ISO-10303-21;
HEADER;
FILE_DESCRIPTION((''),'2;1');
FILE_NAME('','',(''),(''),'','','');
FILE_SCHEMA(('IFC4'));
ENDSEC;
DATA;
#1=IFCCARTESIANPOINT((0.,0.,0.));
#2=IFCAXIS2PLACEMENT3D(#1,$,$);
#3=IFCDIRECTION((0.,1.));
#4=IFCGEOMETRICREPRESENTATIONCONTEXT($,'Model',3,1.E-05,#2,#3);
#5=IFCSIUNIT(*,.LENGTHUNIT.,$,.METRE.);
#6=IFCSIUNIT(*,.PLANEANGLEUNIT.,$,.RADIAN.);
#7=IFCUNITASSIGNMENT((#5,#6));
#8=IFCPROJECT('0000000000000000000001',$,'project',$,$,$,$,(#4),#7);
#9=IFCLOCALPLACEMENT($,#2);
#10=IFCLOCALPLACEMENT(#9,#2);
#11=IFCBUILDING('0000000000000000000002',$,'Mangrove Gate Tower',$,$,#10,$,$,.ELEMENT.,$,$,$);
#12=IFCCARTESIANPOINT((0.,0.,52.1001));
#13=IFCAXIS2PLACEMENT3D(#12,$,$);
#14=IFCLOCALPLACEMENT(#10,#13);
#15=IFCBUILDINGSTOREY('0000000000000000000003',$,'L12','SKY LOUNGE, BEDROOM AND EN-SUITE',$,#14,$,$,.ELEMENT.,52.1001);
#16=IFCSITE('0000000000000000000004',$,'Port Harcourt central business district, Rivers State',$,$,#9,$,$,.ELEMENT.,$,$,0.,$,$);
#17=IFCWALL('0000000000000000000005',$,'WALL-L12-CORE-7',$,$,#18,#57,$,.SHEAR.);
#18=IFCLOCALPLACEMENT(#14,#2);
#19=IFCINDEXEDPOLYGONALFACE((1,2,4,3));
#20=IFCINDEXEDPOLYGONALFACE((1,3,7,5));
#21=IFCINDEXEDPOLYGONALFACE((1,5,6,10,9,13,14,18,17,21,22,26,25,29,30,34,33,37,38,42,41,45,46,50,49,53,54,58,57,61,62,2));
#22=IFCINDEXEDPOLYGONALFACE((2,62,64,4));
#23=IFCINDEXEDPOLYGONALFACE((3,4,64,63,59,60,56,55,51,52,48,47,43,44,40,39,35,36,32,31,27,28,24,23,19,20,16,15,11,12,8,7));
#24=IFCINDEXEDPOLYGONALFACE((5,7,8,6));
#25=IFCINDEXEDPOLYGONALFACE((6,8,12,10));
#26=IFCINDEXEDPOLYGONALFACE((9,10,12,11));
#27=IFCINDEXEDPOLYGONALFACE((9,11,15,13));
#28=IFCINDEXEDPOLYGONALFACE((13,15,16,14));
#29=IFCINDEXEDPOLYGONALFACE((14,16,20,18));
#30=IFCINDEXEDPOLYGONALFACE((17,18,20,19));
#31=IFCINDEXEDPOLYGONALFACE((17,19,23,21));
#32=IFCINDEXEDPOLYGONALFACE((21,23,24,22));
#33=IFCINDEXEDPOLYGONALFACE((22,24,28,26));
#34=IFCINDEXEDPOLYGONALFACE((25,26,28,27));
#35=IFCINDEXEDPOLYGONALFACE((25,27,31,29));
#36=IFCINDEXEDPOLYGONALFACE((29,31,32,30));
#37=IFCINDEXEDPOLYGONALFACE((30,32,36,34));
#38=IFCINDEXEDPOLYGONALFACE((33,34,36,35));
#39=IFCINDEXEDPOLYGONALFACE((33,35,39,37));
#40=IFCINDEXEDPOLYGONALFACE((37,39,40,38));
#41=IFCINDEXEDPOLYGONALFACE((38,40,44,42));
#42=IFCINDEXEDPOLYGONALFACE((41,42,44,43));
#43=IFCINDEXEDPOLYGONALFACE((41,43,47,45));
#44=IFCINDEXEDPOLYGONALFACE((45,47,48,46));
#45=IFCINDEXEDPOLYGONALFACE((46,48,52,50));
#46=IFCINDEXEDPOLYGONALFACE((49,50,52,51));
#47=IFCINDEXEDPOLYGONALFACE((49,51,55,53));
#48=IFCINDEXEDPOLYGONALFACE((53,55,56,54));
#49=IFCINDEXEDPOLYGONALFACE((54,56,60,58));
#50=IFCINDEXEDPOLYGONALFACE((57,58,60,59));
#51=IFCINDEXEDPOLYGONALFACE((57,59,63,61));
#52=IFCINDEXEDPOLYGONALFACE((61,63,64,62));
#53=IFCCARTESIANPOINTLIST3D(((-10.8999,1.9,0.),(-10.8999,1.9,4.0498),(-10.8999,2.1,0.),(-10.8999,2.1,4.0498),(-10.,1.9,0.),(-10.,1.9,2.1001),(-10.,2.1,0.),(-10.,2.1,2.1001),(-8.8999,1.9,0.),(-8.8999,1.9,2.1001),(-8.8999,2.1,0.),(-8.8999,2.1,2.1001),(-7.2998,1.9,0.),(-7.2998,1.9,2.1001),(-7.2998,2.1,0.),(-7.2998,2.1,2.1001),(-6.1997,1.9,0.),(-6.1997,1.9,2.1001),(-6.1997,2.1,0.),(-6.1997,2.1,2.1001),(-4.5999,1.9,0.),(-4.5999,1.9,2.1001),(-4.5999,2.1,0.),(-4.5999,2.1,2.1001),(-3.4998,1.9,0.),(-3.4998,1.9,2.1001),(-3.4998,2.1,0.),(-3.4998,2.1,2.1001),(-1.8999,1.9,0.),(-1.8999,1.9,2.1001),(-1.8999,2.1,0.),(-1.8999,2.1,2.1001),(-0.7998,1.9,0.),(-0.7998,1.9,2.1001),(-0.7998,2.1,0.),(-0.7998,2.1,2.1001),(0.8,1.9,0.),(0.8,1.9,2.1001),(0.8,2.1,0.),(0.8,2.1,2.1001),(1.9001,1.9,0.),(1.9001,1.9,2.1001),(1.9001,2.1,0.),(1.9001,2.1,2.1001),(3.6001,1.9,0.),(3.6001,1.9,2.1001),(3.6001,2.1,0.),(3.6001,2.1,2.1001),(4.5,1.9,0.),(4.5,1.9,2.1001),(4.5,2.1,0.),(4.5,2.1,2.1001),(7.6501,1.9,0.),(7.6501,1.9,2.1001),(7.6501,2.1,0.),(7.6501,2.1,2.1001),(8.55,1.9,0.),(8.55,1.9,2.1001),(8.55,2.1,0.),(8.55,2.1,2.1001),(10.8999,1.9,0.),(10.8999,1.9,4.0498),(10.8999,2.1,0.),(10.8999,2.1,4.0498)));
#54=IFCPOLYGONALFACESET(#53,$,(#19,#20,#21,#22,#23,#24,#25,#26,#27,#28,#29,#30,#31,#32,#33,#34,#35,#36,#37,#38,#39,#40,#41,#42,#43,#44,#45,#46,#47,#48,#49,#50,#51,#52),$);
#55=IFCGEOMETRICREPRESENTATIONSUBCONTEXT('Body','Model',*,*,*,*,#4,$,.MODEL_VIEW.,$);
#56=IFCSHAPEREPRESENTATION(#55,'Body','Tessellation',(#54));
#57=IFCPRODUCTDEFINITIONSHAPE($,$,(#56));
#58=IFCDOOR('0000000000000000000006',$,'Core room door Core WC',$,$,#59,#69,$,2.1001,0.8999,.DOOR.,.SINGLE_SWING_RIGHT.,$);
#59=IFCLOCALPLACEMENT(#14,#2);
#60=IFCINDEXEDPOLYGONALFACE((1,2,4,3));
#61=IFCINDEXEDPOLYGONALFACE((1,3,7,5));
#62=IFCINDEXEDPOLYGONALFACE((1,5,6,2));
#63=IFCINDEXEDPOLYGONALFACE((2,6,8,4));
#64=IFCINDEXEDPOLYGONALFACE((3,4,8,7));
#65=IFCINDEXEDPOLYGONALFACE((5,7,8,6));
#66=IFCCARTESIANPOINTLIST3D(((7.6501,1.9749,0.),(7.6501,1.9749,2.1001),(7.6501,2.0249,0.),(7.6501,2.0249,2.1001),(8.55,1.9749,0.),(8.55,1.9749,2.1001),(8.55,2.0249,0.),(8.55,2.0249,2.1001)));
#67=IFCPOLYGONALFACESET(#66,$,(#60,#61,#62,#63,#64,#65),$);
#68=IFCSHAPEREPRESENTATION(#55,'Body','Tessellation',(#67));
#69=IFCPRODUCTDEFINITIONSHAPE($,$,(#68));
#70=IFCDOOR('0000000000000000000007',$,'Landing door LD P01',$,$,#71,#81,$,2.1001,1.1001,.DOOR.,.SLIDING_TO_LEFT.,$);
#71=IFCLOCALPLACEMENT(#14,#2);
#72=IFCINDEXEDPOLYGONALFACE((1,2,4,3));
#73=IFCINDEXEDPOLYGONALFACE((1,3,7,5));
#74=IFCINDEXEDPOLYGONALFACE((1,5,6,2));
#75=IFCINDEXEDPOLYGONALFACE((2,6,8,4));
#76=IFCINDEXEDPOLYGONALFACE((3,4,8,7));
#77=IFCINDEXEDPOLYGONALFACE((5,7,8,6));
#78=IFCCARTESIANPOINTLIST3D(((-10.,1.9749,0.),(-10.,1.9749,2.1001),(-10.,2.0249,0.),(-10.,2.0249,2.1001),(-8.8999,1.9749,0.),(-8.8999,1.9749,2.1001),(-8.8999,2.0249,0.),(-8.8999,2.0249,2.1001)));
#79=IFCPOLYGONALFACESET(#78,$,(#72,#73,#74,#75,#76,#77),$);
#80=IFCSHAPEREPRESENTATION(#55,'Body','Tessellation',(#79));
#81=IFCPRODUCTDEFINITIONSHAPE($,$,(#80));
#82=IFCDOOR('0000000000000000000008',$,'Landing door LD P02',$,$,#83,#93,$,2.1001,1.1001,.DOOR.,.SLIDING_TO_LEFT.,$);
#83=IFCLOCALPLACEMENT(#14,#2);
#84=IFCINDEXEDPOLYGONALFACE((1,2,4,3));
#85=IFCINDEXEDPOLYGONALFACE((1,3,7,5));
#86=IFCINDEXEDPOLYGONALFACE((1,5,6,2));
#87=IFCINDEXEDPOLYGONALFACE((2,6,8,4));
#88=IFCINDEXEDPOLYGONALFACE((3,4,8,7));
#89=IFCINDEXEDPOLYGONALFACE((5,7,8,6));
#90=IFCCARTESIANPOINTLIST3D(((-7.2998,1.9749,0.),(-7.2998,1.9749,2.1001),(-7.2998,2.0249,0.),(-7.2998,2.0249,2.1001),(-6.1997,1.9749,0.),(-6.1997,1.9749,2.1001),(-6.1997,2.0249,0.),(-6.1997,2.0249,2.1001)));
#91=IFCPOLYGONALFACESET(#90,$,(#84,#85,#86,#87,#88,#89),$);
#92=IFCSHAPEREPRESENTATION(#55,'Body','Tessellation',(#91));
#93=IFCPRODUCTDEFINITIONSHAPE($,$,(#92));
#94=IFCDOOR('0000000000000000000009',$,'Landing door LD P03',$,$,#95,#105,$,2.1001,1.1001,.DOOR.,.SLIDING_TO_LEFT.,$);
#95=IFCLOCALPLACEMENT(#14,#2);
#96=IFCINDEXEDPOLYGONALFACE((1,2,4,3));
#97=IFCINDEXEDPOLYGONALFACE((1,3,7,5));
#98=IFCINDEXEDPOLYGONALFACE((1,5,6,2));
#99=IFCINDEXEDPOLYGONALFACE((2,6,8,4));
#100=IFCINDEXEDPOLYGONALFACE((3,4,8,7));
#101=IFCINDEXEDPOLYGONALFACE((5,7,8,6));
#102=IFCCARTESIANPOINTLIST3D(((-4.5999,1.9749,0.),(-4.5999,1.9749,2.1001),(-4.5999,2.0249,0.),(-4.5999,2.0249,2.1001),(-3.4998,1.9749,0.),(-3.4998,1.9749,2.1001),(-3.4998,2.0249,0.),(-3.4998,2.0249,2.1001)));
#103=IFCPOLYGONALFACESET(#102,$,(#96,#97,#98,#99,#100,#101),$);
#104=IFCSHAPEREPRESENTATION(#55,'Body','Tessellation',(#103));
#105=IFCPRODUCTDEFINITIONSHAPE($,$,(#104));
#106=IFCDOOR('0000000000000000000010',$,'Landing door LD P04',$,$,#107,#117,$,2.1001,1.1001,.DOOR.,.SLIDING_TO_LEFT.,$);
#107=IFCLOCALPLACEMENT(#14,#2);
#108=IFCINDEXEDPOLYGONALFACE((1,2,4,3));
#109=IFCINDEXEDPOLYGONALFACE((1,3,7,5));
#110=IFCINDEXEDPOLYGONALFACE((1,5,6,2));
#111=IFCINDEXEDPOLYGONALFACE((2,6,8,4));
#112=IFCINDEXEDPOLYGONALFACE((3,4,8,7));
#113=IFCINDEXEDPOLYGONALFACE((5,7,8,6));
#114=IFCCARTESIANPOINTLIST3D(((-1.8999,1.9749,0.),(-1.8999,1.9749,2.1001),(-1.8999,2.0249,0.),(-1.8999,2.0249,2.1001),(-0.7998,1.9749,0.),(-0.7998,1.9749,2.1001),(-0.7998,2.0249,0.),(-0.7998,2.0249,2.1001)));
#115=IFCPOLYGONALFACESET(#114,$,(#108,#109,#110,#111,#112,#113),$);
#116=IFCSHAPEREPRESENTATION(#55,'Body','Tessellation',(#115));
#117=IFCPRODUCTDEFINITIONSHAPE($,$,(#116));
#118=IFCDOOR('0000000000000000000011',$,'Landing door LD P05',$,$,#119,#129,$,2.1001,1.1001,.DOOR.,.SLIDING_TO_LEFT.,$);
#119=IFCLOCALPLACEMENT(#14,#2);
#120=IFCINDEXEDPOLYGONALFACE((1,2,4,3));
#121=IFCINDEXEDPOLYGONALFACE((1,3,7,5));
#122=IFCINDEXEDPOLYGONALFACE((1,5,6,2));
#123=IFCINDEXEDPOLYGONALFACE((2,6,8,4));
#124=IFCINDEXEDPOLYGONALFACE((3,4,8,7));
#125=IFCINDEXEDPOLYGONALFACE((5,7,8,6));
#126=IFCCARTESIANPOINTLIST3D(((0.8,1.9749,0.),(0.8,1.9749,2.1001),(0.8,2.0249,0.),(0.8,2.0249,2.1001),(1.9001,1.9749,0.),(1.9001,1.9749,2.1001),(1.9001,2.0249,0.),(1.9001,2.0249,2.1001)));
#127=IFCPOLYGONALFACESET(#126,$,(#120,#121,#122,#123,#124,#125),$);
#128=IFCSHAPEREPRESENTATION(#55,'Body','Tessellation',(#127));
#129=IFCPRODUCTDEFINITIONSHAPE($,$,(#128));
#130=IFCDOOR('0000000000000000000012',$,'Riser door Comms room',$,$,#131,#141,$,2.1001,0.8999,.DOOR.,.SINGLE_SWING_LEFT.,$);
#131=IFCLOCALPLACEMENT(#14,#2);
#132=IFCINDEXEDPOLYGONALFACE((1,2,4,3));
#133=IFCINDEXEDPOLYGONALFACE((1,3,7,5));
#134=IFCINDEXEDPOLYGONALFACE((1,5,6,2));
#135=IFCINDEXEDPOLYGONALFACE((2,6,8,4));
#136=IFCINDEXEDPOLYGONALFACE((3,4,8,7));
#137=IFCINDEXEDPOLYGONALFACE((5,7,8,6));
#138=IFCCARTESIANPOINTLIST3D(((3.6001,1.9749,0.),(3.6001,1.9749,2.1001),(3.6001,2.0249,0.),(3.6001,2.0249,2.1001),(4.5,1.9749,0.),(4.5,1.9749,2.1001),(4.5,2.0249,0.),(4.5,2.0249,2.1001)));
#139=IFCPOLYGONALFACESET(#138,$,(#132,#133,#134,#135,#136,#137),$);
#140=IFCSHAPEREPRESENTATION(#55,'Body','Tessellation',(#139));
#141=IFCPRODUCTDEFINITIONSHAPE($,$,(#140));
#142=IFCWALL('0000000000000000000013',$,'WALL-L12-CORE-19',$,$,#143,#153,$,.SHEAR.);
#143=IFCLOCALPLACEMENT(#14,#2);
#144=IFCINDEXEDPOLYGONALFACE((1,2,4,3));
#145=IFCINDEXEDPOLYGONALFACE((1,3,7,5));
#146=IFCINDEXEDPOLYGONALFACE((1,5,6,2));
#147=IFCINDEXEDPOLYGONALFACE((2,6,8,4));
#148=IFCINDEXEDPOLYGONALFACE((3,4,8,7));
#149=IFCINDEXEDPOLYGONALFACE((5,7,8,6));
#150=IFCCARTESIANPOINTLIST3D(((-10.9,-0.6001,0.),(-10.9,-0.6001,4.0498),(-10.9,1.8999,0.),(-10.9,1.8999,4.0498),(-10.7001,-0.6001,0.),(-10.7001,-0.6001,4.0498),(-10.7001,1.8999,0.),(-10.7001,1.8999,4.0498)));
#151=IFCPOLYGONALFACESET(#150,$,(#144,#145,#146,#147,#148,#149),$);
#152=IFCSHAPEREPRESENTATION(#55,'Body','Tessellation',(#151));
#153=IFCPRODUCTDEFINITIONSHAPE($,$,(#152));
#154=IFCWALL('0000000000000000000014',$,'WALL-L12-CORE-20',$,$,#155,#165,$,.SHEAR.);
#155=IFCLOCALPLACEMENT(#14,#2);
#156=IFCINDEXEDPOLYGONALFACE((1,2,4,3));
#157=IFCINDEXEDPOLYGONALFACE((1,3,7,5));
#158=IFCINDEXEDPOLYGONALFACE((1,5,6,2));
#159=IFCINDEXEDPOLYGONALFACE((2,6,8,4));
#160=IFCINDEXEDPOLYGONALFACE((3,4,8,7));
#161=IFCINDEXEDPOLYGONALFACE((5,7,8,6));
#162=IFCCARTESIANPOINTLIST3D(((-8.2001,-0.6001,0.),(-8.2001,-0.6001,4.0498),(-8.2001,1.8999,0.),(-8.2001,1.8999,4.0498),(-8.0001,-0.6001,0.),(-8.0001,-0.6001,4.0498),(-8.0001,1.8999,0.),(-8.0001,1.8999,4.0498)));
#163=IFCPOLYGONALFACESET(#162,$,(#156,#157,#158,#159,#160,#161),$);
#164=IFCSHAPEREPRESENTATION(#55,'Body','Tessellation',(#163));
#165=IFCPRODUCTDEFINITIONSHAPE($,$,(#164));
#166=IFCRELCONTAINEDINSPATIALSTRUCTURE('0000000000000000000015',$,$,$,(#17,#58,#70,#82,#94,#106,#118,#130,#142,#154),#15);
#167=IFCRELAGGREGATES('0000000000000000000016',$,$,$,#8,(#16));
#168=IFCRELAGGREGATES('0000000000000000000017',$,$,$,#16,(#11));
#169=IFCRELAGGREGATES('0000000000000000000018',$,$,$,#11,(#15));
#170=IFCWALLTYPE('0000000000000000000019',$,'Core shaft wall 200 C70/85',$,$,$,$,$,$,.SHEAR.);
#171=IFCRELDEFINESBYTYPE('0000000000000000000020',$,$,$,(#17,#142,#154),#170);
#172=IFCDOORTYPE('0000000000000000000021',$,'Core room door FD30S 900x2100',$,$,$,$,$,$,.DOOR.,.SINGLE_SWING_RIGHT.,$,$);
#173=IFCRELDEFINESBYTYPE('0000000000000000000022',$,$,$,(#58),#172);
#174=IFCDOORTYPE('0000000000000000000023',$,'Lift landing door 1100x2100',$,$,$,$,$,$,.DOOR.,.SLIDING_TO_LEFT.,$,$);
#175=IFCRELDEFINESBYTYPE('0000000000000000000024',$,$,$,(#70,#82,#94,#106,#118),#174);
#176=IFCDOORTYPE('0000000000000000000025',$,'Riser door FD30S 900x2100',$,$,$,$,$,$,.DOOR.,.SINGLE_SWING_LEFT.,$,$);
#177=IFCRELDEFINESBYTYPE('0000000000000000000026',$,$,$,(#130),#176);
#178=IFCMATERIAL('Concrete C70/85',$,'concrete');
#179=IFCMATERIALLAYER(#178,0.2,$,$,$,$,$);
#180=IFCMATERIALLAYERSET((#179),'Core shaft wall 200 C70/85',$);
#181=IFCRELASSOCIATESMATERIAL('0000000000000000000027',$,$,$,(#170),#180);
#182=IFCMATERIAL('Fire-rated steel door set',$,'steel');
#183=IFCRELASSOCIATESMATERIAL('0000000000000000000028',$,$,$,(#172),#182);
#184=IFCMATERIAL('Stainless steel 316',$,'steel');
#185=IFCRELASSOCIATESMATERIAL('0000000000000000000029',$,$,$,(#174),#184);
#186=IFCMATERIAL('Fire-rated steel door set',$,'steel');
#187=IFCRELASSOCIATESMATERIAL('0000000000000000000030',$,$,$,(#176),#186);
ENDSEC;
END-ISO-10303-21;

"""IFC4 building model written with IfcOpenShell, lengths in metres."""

from ifc_helpers import new_model, si_unit, direction, frame, frame_2d, origin, place, context, subcontext, project, spatial, rectangle, extrude, material, layer, layer_set, type_object, element, fill, save


model = new_model("IFC4")

# Units and contexts
model_context = context("Model", 3, precision=1e-05, world=origin(), true_north=direction((0.0, 1.0)))
body_context = subcontext(model_context, "Body", "Model", "MODEL_VIEW")
ifc_project = project(units=[si_unit("LENGTHUNIT", "METRE"), si_unit("PLANEANGLEUNIT", "RADIAN")], contexts=[model_context])

# Site, building, storey
site_placement = place(None, origin())
site = spatial("IfcSite", under=ifc_project, at=site_placement, Name="Port Harcourt central business district, Rivers State", CompositionType="ELEMENT", RefElevation=0.0)
building_placement = place(site_placement, origin())
building = spatial("IfcBuilding", under=site, at=building_placement, Name="Mangrove Gate Tower", CompositionType="ELEMENT")
storey_placement = place(building_placement, frame((0.0, 0.0, 52.1001)))
storey = spatial("IfcBuildingStorey", under=building, at=storey_placement, Name="L12", Description="SKY LOUNGE, BEDROOM AND EN-SUITE", CompositionType="ELEMENT", Elevation=52.1001)

# Wall, openings, doors
ifc_material_1 = material(Name="Concrete C70/85", Category="concrete")
ifc_layer_1 = layer(ifc_material_1, 0.2)
ifc_layer_set_1 = layer_set([ifc_layer_1], Name="Core shaft wall 200 C70/85")
wall_type_1 = type_object("IfcWallType", Name="Core shaft wall 200 C70/85", PredefinedType="SHEAR", material=ifc_layer_set_1)
wall_1_placement = place(storey_placement, frame((-10.8999, 2.0, 0.0), z_axis=(0.0, 0.0, 1.0), x_axis=(1.0, 0.0, 0.0)))
wall_1 = element("IfcWall", 1, at=wall_1_placement, inside=storey, type_object=wall_type_1, Name="WALL-L12-CORE-7", PredefinedType="SHEAR", context=body_context, shape_type="SweptSolid", body=[
    extrude(rectangle(XDim=21.7998, YDim=0.2, at=frame_2d((10.8999, 0.0))), origin(), (0.0, 0.0, 1.0), 4.0498),
])
opening_1_placement = place(wall_1_placement, frame((0.8999, 0.0, 0.0)))
opening_1 = element("IfcOpeningElement", 2, at=opening_1_placement, cuts=wall_1, PredefinedType="OPENING", context=body_context, shape_type="SweptSolid", body=[
    extrude(rectangle(XDim=1.1001, YDim=2.1001, at=frame_2d((0.55, 1.05))), frame((0.0, 0.1099, 0.0), z_axis=(0.0, -1.0, 0.0), x_axis=(1.0, 0.0, 0.0)), (0.0, 0.0, 1.0), 0.22),
])
opening_2_placement = place(wall_1_placement, frame((3.6001, 0.0, 0.0)))
opening_2 = element("IfcOpeningElement", 3, at=opening_2_placement, cuts=wall_1, PredefinedType="OPENING", context=body_context, shape_type="SweptSolid", body=[
    extrude(rectangle(XDim=1.1001, YDim=2.1001, at=frame_2d((0.55, 1.05))), frame((0.0, 0.1099, 0.0), z_axis=(0.0, -1.0, 0.0), x_axis=(1.0, 0.0, 0.0)), (0.0, 0.0, 1.0), 0.22),
])
opening_3_placement = place(wall_1_placement, frame((6.3, 0.0, 0.0)))
opening_3 = element("IfcOpeningElement", 4, at=opening_3_placement, cuts=wall_1, PredefinedType="OPENING", context=body_context, shape_type="SweptSolid", body=[
    extrude(rectangle(XDim=1.1001, YDim=2.1001, at=frame_2d((0.55, 1.05))), frame((0.0, 0.1099, 0.0), z_axis=(0.0, -1.0, 0.0), x_axis=(1.0, 0.0, 0.0)), (0.0, 0.0, 1.0), 0.22),
])
opening_4_placement = place(wall_1_placement, frame((9.0, 0.0, 0.0)))
opening_4 = element("IfcOpeningElement", 5, at=opening_4_placement, cuts=wall_1, PredefinedType="OPENING", context=body_context, shape_type="SweptSolid", body=[
    extrude(rectangle(XDim=1.1001, YDim=2.1001, at=frame_2d((0.55, 1.05))), frame((0.0, 0.1099, 0.0), z_axis=(0.0, -1.0, 0.0), x_axis=(1.0, 0.0, 0.0)), (0.0, 0.0, 1.0), 0.22),
])
opening_5_placement = place(wall_1_placement, frame((11.7, 0.0, 0.0)))
opening_5 = element("IfcOpeningElement", 6, at=opening_5_placement, cuts=wall_1, PredefinedType="OPENING", context=body_context, shape_type="SweptSolid", body=[
    extrude(rectangle(XDim=1.1001, YDim=2.1001, at=frame_2d((0.55, 1.05))), frame((0.0, 0.1099, 0.0), z_axis=(0.0, -1.0, 0.0), x_axis=(1.0, 0.0, 0.0)), (0.0, 0.0, 1.0), 0.22),
])
opening_6_placement = place(wall_1_placement, frame((14.5, 0.0, 0.0)))
opening_6 = element("IfcOpeningElement", 7, at=opening_6_placement, cuts=wall_1, PredefinedType="OPENING", context=body_context, shape_type="SweptSolid", body=[
    extrude(rectangle(XDim=0.8999, YDim=2.1001, at=frame_2d((0.45, 1.05))), frame((0.0, 0.1099, 0.0), z_axis=(0.0, -1.0, 0.0), x_axis=(1.0, 0.0, 0.0)), (0.0, 0.0, 1.0), 0.22),
])
opening_7_placement = place(wall_1_placement, frame((18.55, 0.0, 0.0)))
opening_7 = element("IfcOpeningElement", 8, at=opening_7_placement, cuts=wall_1, PredefinedType="OPENING", context=body_context, shape_type="SweptSolid", body=[
    extrude(rectangle(XDim=0.8999, YDim=2.1001, at=frame_2d((0.45, 1.05))), frame((0.0, 0.1099, 0.0), z_axis=(0.0, -1.0, 0.0), x_axis=(1.0, 0.0, 0.0)), (0.0, 0.0, 1.0), 0.22),
])
ifc_material_2 = material(Name="Fire-rated steel door set", Category="steel")
door_type_1 = type_object("IfcDoorType", Name="Core room door FD30S 900x2100", OperationType="SINGLE_SWING_RIGHT", PredefinedType="DOOR", material=ifc_material_2)
door_1_placement = place(opening_7_placement, origin())
door_1 = element("IfcDoor", 9, at=door_1_placement, inside=storey, type_object=door_type_1, Name="Core room door Core WC", OperationType="SINGLE_SWING_RIGHT", OverallHeight=2.1001, OverallWidth=0.8999, PredefinedType="DOOR", context=body_context, shape_type="SweptSolid", body=[
    extrude(rectangle(XDim=0.8999, YDim=2.1001, at=frame_2d((0.45, 1.05))), frame((0.0, 0.0249, 0.0), z_axis=(0.0, -1.0, 0.0), x_axis=(1.0, 0.0, 0.0)), (0.0, 0.0, 1.0), 0.05),
])
fill(opening_7, door_1)
ifc_material_3 = material(Name="Stainless steel 316", Category="steel")
door_type_2 = type_object("IfcDoorType", Name="Lift landing door 1100x2100", OperationType="SLIDING_TO_LEFT", PredefinedType="DOOR", material=ifc_material_3)
door_2_placement = place(opening_1_placement, origin())
door_2 = element("IfcDoor", 10, at=door_2_placement, inside=storey, type_object=door_type_2, Name="Landing door LD P01", OperationType="SLIDING_TO_LEFT", OverallHeight=2.1001, OverallWidth=1.1001, PredefinedType="DOOR", context=body_context, shape_type="SweptSolid", body=[
    extrude(rectangle(XDim=1.1001, YDim=2.1001, at=frame_2d((0.55, 1.05))), frame((0.0, 0.0249, 0.0), z_axis=(0.0, -1.0, 0.0), x_axis=(1.0, 0.0, 0.0)), (0.0, 0.0, 1.0), 0.05),
])
fill(opening_1, door_2)
door_3_placement = place(opening_2_placement, origin())
door_3 = element("IfcDoor", 11, at=door_3_placement, inside=storey, type_object=door_type_2, Name="Landing door LD P02", OperationType="SLIDING_TO_LEFT", OverallHeight=2.1001, OverallWidth=1.1001, PredefinedType="DOOR", context=body_context, shape_type="SweptSolid", body=[
    extrude(rectangle(XDim=1.1001, YDim=2.1001, at=frame_2d((0.55, 1.05))), frame((0.0, 0.0249, 0.0), z_axis=(0.0, -1.0, 0.0), x_axis=(1.0, 0.0, 0.0)), (0.0, 0.0, 1.0), 0.05),
])
fill(opening_2, door_3)
door_4_placement = place(opening_3_placement, origin())
door_4 = element("IfcDoor", 12, at=door_4_placement, inside=storey, type_object=door_type_2, Name="Landing door LD P03", OperationType="SLIDING_TO_LEFT", OverallHeight=2.1001, OverallWidth=1.1001, PredefinedType="DOOR", context=body_context, shape_type="SweptSolid", body=[
    extrude(rectangle(XDim=1.1001, YDim=2.1001, at=frame_2d((0.55, 1.05))), frame((0.0, 0.0249, 0.0), z_axis=(0.0, -1.0, 0.0), x_axis=(1.0, 0.0, 0.0)), (0.0, 0.0, 1.0), 0.05),
])
fill(opening_3, door_4)
door_5_placement = place(opening_4_placement, origin())
door_5 = element("IfcDoor", 13, at=door_5_placement, inside=storey, type_object=door_type_2, Name="Landing door LD P04", OperationType="SLIDING_TO_LEFT", OverallHeight=2.1001, OverallWidth=1.1001, PredefinedType="DOOR", context=body_context, shape_type="SweptSolid", body=[
    extrude(rectangle(XDim=1.1001, YDim=2.1001, at=frame_2d((0.55, 1.05))), frame((0.0, 0.0249, 0.0), z_axis=(0.0, -1.0, 0.0), x_axis=(1.0, 0.0, 0.0)), (0.0, 0.0, 1.0), 0.05),
])
fill(opening_4, door_5)
door_6_placement = place(opening_5_placement, origin())
door_6 = element("IfcDoor", 14, at=door_6_placement, inside=storey, type_object=door_type_2, Name="Landing door LD P05", OperationType="SLIDING_TO_LEFT", OverallHeight=2.1001, OverallWidth=1.1001, PredefinedType="DOOR", context=body_context, shape_type="SweptSolid", body=[
    extrude(rectangle(XDim=1.1001, YDim=2.1001, at=frame_2d((0.55, 1.05))), frame((0.0, 0.0249, 0.0), z_axis=(0.0, -1.0, 0.0), x_axis=(1.0, 0.0, 0.0)), (0.0, 0.0, 1.0), 0.05),
])
fill(opening_5, door_6)
ifc_material_4 = material(Name="Fire-rated steel door set", Category="steel")
door_type_3 = type_object("IfcDoorType", Name="Riser door FD30S 900x2100", OperationType="SINGLE_SWING_LEFT", PredefinedType="DOOR", material=ifc_material_4)
door_7_placement = place(opening_6_placement, origin())
door_7 = element("IfcDoor", 15, at=door_7_placement, inside=storey, type_object=door_type_3, Name="Riser door Comms room", OperationType="SINGLE_SWING_LEFT", OverallHeight=2.1001, OverallWidth=0.8999, PredefinedType="DOOR", context=body_context, shape_type="SweptSolid", body=[
    extrude(rectangle(XDim=0.8999, YDim=2.1001, at=frame_2d((0.45, 1.05))), frame((0.0, 0.0249, 0.0), z_axis=(0.0, -1.0, 0.0), x_axis=(1.0, 0.0, 0.0)), (0.0, 0.0, 1.0), 0.05),
])
fill(opening_6, door_7)

# Walls
for number, where, z_axis, x_axis, name in (
    (16, (-10.8, -0.6001, 0.0), (0.0, 0.0, 1.0), (0.0, 1.0, 0.0), "WALL-L12-CORE-19"),
    (17, (-8.1001, -0.6001, 0.0), (0.0, 0.0, 1.0), (0.0, 1.0, 0.0), "WALL-L12-CORE-20"),
):
    element("IfcWall", number, at=place(storey_placement, frame(where, z_axis=z_axis, x_axis=x_axis)), inside=storey, type_object=wall_type_1, Name=name, PredefinedType="SHEAR", context=body_context, shape_type="SweptSolid", body=[
        extrude(rectangle(XDim=2.5, YDim=0.2, at=frame_2d((1.25, 0.0))), origin(), (0.0, 0.0, 1.0), 4.0498),
    ])

save(model, "model.ifc")
